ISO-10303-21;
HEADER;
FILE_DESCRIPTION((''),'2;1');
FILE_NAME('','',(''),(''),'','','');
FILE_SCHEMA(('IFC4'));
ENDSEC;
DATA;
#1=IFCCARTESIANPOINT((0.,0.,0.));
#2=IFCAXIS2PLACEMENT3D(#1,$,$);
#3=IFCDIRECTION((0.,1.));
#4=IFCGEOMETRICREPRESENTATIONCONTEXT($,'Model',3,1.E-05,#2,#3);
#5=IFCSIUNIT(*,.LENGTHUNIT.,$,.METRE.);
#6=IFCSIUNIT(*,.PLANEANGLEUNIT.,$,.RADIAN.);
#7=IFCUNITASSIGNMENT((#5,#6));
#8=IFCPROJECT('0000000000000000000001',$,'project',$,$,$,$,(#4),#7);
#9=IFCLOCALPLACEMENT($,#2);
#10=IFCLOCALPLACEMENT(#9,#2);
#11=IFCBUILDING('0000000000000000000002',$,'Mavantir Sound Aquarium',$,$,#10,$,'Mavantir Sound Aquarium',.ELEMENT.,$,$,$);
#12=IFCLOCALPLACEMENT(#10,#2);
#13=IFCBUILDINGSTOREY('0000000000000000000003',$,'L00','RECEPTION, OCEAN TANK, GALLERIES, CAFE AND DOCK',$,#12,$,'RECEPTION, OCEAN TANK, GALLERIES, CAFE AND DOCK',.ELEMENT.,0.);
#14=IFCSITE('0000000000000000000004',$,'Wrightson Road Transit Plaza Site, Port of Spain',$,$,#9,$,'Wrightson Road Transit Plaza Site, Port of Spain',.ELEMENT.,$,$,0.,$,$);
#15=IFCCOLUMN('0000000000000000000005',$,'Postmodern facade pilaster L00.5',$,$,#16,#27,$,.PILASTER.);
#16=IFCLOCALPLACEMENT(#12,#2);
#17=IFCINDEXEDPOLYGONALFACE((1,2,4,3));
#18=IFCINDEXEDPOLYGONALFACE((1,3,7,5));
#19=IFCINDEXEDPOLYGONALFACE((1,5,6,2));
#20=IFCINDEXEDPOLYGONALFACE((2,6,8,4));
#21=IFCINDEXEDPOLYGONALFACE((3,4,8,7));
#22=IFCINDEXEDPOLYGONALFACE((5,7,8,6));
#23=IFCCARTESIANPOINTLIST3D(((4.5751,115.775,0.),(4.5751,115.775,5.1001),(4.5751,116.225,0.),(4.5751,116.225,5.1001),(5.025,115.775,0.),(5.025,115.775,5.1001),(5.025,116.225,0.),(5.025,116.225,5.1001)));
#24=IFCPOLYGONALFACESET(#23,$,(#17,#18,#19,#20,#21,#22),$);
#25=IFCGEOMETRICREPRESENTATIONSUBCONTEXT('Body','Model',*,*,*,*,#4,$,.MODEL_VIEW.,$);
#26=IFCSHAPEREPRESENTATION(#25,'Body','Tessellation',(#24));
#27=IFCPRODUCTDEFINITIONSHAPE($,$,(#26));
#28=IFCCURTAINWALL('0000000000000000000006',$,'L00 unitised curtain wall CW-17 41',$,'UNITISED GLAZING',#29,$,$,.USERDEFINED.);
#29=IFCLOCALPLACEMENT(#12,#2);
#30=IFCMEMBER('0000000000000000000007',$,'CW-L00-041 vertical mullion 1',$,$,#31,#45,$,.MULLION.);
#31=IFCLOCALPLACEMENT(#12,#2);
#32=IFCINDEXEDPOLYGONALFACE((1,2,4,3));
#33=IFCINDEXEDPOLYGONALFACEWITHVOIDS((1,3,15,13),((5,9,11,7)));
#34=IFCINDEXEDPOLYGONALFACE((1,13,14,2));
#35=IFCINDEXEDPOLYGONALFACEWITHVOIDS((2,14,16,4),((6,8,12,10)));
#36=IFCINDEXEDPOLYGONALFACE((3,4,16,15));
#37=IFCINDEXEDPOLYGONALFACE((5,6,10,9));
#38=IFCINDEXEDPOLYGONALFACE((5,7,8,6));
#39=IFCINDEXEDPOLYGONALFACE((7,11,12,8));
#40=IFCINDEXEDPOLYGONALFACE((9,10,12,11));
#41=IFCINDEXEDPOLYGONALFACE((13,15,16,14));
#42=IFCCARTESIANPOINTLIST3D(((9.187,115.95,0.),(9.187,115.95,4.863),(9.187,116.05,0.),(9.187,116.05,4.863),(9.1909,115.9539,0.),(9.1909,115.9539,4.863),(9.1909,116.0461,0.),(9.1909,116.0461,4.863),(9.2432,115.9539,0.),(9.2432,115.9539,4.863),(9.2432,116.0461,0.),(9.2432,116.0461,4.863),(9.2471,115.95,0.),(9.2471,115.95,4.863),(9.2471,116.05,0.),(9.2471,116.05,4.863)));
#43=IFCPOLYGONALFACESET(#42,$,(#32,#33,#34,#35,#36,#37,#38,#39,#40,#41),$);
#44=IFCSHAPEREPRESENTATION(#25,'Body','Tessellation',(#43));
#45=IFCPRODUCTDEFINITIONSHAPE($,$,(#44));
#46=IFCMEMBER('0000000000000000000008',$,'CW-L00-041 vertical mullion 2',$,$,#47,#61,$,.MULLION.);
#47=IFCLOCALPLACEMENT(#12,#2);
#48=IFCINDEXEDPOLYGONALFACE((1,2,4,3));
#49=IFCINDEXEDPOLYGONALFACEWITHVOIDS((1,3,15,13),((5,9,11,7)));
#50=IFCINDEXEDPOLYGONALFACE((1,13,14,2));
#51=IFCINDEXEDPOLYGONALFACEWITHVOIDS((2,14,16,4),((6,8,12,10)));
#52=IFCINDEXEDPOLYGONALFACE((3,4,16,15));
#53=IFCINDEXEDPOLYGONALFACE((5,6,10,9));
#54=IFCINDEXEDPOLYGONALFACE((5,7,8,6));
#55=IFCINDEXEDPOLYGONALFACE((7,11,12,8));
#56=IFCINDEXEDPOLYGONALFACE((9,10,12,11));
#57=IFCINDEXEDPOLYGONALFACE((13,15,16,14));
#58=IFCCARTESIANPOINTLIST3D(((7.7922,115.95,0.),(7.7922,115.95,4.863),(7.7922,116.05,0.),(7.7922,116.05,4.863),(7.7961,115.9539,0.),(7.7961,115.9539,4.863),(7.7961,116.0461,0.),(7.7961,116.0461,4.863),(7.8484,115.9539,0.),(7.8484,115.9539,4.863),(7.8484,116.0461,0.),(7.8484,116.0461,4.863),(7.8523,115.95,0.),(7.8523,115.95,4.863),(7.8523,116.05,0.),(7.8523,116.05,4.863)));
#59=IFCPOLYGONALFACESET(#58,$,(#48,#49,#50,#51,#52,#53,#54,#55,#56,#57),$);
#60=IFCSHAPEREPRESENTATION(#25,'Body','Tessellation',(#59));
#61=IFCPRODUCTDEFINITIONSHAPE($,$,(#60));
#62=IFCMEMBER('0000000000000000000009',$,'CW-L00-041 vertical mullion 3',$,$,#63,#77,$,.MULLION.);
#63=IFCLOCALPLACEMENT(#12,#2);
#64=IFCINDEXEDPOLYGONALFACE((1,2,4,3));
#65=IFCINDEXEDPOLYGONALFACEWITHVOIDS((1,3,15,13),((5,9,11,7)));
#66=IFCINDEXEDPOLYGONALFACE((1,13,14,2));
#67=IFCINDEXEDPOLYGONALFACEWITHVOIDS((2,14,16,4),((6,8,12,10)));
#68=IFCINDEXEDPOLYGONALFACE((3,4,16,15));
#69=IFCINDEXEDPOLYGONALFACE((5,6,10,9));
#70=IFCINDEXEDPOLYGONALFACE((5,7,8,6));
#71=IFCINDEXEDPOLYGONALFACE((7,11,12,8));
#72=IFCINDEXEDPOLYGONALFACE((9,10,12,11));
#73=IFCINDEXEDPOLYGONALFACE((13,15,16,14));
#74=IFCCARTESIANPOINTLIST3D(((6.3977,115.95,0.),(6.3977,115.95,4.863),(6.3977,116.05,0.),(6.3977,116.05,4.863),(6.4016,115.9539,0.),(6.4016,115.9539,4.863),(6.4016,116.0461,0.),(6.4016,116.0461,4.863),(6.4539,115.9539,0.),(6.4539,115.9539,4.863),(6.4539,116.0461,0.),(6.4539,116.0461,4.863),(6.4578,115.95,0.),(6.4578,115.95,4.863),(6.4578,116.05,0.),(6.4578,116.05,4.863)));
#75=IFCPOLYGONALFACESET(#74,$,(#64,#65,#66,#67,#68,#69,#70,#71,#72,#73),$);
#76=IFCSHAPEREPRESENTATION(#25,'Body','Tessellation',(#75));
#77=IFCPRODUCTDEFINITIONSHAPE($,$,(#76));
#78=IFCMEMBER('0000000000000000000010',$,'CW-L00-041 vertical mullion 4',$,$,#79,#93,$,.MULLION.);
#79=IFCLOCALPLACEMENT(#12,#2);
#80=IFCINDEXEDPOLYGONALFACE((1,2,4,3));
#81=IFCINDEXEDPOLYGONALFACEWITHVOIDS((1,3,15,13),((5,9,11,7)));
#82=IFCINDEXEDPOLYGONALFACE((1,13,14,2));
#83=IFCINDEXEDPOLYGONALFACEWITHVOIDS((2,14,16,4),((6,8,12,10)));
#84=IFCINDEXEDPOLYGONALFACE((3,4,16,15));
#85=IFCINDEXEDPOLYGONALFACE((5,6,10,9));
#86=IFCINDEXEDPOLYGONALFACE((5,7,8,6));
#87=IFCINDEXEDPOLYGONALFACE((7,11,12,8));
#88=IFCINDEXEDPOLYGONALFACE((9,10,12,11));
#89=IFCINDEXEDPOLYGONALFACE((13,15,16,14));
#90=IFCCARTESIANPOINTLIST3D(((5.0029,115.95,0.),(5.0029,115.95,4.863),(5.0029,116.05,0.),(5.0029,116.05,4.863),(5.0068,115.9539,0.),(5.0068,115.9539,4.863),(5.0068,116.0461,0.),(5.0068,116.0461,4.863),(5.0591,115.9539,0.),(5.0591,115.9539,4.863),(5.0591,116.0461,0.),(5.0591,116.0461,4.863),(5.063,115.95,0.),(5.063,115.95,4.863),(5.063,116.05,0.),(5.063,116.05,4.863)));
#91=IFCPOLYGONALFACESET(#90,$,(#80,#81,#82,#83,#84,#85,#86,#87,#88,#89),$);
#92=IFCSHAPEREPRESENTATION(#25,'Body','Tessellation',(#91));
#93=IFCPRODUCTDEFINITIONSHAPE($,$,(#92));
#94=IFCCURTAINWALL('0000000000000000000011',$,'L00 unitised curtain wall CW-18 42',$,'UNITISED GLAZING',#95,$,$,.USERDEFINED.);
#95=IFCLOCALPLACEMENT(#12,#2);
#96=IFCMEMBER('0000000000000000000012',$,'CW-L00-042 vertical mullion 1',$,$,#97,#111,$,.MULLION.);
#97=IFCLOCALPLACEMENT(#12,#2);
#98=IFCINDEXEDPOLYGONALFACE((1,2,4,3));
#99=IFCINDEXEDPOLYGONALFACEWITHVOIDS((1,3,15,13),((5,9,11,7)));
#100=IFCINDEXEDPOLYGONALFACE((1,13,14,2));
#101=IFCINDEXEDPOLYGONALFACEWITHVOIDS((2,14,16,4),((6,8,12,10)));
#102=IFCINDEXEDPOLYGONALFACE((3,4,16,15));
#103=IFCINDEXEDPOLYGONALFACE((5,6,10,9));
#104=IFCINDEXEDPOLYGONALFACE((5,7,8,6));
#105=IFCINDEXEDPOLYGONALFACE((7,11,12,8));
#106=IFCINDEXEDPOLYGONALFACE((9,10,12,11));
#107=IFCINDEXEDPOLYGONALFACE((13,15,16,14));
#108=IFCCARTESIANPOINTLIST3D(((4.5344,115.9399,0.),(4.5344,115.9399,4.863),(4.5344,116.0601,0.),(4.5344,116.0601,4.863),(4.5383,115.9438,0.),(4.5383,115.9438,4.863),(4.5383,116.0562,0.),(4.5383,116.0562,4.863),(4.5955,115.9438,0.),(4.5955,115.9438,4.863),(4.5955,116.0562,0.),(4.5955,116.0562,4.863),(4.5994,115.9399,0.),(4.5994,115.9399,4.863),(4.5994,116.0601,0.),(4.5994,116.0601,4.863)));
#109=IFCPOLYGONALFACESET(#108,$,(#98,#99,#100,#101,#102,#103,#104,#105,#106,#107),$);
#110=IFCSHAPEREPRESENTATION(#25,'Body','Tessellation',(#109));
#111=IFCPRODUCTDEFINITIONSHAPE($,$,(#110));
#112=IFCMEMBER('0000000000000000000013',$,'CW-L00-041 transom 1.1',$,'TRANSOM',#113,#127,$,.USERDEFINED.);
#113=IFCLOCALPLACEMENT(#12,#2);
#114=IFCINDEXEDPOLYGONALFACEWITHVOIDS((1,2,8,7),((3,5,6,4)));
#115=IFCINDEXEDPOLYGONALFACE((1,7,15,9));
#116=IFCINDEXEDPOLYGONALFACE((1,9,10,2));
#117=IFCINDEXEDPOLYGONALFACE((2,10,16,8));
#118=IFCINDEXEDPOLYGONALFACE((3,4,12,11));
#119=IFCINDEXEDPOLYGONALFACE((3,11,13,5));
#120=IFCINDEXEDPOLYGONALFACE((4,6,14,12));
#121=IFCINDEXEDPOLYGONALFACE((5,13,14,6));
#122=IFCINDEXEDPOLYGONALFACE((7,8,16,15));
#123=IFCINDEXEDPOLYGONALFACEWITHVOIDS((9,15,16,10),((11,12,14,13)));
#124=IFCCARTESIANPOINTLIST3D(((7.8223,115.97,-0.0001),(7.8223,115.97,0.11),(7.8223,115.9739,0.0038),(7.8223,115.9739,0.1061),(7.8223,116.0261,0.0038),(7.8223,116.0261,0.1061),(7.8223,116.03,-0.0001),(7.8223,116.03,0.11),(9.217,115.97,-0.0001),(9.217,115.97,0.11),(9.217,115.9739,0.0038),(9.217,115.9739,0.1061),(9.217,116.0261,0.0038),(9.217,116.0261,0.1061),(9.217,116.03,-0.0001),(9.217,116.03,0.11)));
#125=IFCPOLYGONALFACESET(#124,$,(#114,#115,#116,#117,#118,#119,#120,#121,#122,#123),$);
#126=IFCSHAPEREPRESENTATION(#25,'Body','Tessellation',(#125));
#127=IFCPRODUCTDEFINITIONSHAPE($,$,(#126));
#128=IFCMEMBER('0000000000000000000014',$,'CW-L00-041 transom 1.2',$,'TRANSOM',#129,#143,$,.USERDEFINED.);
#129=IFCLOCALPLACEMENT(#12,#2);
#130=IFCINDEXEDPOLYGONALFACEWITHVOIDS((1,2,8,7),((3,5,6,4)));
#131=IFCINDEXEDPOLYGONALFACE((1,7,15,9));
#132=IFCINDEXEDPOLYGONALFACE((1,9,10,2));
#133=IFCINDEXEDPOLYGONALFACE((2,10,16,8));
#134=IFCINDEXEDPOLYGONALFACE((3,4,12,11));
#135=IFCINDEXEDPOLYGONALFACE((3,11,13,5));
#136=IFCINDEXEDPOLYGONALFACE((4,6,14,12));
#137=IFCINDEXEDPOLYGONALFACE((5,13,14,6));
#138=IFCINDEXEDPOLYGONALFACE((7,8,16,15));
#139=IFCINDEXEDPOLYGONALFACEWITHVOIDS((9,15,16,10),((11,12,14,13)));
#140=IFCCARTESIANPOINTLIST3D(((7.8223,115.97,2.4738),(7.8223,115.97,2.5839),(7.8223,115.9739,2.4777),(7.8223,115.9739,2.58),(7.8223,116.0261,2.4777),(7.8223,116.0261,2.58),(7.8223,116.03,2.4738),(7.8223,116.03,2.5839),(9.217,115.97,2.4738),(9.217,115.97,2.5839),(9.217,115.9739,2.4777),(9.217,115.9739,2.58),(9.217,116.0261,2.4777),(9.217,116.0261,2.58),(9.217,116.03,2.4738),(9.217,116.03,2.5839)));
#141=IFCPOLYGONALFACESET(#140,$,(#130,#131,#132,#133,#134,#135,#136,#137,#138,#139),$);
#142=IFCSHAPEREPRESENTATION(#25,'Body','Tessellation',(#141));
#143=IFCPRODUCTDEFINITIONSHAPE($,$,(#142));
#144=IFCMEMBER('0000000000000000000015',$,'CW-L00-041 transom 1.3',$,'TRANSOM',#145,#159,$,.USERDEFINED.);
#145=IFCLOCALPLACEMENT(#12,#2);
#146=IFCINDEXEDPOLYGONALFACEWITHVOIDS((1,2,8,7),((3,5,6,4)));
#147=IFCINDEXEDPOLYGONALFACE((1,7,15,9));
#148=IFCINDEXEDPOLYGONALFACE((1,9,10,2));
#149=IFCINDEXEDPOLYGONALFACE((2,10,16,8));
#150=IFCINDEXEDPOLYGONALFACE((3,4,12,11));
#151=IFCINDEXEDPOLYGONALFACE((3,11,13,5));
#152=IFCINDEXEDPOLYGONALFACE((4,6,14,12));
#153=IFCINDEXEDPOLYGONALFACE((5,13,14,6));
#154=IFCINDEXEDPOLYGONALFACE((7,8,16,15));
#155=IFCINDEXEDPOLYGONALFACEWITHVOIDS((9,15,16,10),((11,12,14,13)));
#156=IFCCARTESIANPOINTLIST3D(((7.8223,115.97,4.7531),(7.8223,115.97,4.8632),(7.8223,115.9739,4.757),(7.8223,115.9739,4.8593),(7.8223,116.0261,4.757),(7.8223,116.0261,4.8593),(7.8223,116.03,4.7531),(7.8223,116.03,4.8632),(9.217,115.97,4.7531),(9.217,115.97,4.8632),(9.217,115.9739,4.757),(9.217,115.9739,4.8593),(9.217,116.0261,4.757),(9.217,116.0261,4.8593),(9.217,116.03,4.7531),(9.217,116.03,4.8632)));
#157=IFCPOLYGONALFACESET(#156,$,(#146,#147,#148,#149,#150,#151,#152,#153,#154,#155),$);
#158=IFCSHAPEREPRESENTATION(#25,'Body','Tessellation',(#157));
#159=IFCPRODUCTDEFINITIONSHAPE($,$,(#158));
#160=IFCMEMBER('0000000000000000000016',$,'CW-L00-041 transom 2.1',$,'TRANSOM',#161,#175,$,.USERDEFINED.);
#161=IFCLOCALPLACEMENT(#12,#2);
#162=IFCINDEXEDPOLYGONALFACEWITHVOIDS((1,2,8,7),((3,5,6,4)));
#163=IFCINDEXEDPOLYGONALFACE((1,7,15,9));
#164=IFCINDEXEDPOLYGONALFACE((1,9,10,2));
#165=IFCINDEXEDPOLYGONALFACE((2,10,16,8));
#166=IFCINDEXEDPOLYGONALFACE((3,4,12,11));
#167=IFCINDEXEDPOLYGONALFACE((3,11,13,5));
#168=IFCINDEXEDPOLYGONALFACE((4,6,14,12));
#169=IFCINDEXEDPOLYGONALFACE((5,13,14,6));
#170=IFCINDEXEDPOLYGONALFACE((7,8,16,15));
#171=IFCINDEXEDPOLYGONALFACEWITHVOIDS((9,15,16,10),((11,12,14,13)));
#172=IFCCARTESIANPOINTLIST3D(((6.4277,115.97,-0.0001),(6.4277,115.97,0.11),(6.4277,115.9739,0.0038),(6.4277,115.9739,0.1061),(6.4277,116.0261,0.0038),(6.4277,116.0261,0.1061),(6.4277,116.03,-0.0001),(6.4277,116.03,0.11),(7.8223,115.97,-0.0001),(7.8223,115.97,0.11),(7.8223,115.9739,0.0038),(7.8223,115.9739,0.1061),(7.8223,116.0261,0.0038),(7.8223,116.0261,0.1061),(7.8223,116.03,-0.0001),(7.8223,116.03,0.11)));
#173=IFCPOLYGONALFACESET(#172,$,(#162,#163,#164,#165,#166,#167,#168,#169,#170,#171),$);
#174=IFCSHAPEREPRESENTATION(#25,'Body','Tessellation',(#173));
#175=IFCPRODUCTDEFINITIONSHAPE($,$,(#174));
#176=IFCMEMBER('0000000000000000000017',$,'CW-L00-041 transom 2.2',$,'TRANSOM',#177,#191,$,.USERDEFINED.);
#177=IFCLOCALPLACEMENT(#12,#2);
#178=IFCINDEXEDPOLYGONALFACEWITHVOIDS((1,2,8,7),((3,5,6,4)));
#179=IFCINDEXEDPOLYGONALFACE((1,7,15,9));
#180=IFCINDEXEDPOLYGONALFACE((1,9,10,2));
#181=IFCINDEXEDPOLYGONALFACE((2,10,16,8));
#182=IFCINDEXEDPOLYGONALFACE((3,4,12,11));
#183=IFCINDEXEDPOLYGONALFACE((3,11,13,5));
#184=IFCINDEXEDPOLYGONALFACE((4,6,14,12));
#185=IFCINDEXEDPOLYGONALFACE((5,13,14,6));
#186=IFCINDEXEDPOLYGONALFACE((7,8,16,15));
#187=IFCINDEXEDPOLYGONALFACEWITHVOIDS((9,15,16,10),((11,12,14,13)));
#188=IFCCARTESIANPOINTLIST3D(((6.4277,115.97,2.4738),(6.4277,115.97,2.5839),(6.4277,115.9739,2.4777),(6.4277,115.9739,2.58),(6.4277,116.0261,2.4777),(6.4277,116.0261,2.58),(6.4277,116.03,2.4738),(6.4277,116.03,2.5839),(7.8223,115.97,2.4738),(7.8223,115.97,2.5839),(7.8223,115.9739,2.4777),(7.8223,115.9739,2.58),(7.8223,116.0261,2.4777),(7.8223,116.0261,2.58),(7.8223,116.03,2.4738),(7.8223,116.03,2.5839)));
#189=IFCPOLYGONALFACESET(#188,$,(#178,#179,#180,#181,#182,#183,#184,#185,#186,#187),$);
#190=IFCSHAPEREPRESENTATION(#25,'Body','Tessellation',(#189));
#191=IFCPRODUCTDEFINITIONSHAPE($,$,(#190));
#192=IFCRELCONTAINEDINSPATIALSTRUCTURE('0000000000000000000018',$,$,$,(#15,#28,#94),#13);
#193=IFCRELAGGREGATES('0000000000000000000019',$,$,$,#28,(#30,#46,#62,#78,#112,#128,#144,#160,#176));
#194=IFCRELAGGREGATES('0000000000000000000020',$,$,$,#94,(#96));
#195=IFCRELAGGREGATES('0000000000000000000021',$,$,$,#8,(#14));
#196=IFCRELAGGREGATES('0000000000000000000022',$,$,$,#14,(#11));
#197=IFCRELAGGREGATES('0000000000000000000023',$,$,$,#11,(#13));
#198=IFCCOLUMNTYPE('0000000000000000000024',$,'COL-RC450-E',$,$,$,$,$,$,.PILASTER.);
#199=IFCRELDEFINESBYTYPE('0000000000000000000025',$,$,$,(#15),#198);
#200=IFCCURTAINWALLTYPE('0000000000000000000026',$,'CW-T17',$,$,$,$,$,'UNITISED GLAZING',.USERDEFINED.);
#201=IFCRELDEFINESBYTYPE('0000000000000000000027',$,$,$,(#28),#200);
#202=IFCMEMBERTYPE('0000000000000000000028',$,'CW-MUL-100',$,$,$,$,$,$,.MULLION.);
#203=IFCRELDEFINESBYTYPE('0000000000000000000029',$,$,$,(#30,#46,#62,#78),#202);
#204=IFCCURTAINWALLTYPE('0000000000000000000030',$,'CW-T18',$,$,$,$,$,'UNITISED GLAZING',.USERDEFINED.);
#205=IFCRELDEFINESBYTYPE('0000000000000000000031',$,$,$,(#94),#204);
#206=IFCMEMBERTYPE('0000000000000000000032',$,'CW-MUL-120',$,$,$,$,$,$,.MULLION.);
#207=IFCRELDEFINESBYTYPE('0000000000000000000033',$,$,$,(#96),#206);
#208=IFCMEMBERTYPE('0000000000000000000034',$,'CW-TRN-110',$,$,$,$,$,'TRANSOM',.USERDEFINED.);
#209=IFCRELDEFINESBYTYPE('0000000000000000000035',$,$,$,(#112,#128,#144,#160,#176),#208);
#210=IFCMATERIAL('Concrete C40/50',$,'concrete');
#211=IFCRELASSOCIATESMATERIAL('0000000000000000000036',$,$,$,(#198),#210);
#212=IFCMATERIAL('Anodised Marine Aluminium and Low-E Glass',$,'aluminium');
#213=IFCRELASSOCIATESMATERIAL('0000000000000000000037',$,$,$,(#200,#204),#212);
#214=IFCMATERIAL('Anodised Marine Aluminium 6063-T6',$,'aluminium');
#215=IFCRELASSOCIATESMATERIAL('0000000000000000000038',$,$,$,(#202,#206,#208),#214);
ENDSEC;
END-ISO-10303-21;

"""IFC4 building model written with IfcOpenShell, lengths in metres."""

from ifc_helpers import new_model, si_unit, direction, frame, origin, origin_2d, place, context, subcontext, project, spatial, rectangle, hollow_rectangle, extrude, material, material_profile, profile_set, type_object, element, aggregate, save


model = new_model("IFC4")

# Units and contexts
model_context = context("Model", 3, precision=1e-05, world=origin(), true_north=direction((0.0, 1.0)))
body_context = subcontext(model_context, "Body", "Model", "MODEL_VIEW")
ifc_project = project(units=[si_unit("LENGTHUNIT", "METRE"), si_unit("PLANEANGLEUNIT", "RADIAN")], contexts=[model_context])

# Site, building, storey
site_placement = place(None, origin())
site = spatial("IfcSite", under=ifc_project, at=site_placement, Name="Wrightson Road Transit Plaza Site, Port of Spain", LongName="Wrightson Road Transit Plaza Site, Port of Spain", CompositionType="ELEMENT", RefElevation=0.0)
building_placement = place(site_placement, origin())
building = spatial("IfcBuilding", under=site, at=building_placement, Name="Mavantir Sound Aquarium", LongName="Mavantir Sound Aquarium", CompositionType="ELEMENT")
storey_placement = place(building_placement, origin())
storey = spatial("IfcBuildingStorey", under=building, at=storey_placement, Name="L00", Description="RECEPTION, OCEAN TANK, GALLERIES, CAFE AND DOCK", LongName="RECEPTION, OCEAN TANK, GALLERIES, CAFE AND DOCK", CompositionType="ELEMENT", Elevation=0.0)

# Column
ifc_material_1 = material(Name="Concrete C40/50", Category="concrete")
ifc_material_profile_1 = material_profile(ifc_material_1, rectangle(XDim=0.45, YDim=0.45, at=origin_2d()), Name="RC 450X450")
ifc_profile_set_1 = profile_set([ifc_material_profile_1], Name="Concrete C40/50")
column_type = type_object("IfcColumnType", Name="COL-RC450-E", PredefinedType="PILASTER", material=ifc_profile_set_1)
column_placement = place(storey_placement, frame((4.8, 116.0, 0.0), z_axis=(0.0, 0.0, 1.0), x_axis=(1.0, 0.0, 0.0)))
element("IfcColumn", 1, at=column_placement, inside=storey, type_object=column_type, Name="Postmodern facade pilaster L00.5", PredefinedType="PILASTER", context=body_context, shape_type="SweptSolid", body=[
    extrude(rectangle(XDim=0.45, YDim=0.45, at=origin_2d()), origin(), (0.0, 0.0, 1.0), 5.1001),
])

# Curtain wall, members
ifc_material_2 = material(Name="Anodised Marine Aluminium and Low-E Glass", Category="aluminium")
curtain_wall_type_1 = type_object("IfcCurtainWallType", Name="CW-T17", ElementType="UNITISED GLAZING", PredefinedType="USERDEFINED", material=ifc_material_2)
curtain_wall_1_placement = place(storey_placement, origin())
curtain_wall_1 = element("IfcCurtainWall", 2, at=curtain_wall_1_placement, inside=storey, type_object=curtain_wall_type_1, Name="L00 unitised curtain wall CW-17 41", ObjectType="UNITISED GLAZING", PredefinedType="USERDEFINED")
ifc_material_3 = material(Name="Anodised Marine Aluminium 6063-T6", Category="aluminium")
ifc_material_profile_2 = material_profile(ifc_material_3, hollow_rectangle(XDim=0.0601, YDim=0.1001, WallThickness=0.0039, at=origin_2d()), Name="ALU-MULLION-100X60")
ifc_profile_set_2 = profile_set([ifc_material_profile_2], Name="Anodised Marine Aluminium 6063-T6")
member_type_1 = type_object("IfcMemberType", Name="CW-MUL-100", PredefinedType="MULLION", material=ifc_profile_set_2)
member_1_placement = place(storey_placement, frame((9.217, 116.0, 0.0), z_axis=(0.0, 0.0, 1.0), x_axis=(1.0, 0.0, 0.0)))
member_1 = element("IfcMember", 3, at=member_1_placement, type_object=member_type_1, Name="CW-L00-041 vertical mullion 1", PredefinedType="MULLION", context=body_context, shape_type="SweptSolid", body=[
    extrude(hollow_rectangle(XDim=0.0601, YDim=0.1001, WallThickness=0.0039, at=origin_2d()), origin(), (0.0, 0.0, 1.0), 4.863),
])
member_2_placement = place(storey_placement, frame((7.8223, 116.0, 0.0), z_axis=(0.0, 0.0, 1.0), x_axis=(1.0, 0.0, 0.0)))
member_2 = element("IfcMember", 4, at=member_2_placement, type_object=member_type_1, Name="CW-L00-041 vertical mullion 2", PredefinedType="MULLION", context=body_context, shape_type="SweptSolid", body=[
    extrude(hollow_rectangle(XDim=0.0601, YDim=0.1001, WallThickness=0.0039, at=origin_2d()), origin(), (0.0, 0.0, 1.0), 4.863),
])
member_3_placement = place(storey_placement, frame((6.4277, 116.0, 0.0), z_axis=(0.0, 0.0, 1.0), x_axis=(1.0, 0.0, 0.0)))
member_3 = element("IfcMember", 5, at=member_3_placement, type_object=member_type_1, Name="CW-L00-041 vertical mullion 3", PredefinedType="MULLION", context=body_context, shape_type="SweptSolid", body=[
    extrude(hollow_rectangle(XDim=0.0601, YDim=0.1001, WallThickness=0.0039, at=origin_2d()), origin(), (0.0, 0.0, 1.0), 4.863),
])
member_4_placement = place(storey_placement, frame((5.033, 116.0, 0.0), z_axis=(0.0, 0.0, 1.0), x_axis=(1.0, 0.0, 0.0)))
member_4 = element("IfcMember", 6, at=member_4_placement, type_object=member_type_1, Name="CW-L00-041 vertical mullion 4", PredefinedType="MULLION", context=body_context, shape_type="SweptSolid", body=[
    extrude(hollow_rectangle(XDim=0.0601, YDim=0.1001, WallThickness=0.0039, at=origin_2d()), origin(), (0.0, 0.0, 1.0), 4.863),
])

# Curtain wall, member
curtain_wall_type_2 = type_object("IfcCurtainWallType", Name="CW-T18", ElementType="UNITISED GLAZING", PredefinedType="USERDEFINED", material=ifc_material_2)
curtain_wall_2_placement = place(storey_placement, origin())
curtain_wall_2 = element("IfcCurtainWall", 7, at=curtain_wall_2_placement, inside=storey, type_object=curtain_wall_type_2, Name="L00 unitised curtain wall CW-18 42", ObjectType="UNITISED GLAZING", PredefinedType="USERDEFINED")
ifc_material_profile_3 = material_profile(ifc_material_3, hollow_rectangle(XDim=0.0649, YDim=0.1201, WallThickness=0.0039, at=origin_2d()), Name="ALU-MULLION-120X65")
ifc_profile_set_3 = profile_set([ifc_material_profile_3], Name="Anodised Marine Aluminium 6063-T6")
member_type_2 = type_object("IfcMemberType", Name="CW-MUL-120", PredefinedType="MULLION", material=ifc_profile_set_3)
member_5_placement = place(storey_placement, frame((4.5669, 116.0, 0.0), z_axis=(0.0, 0.0, 1.0), x_axis=(1.0, 0.0, 0.0)))
member_5 = element("IfcMember", 8, at=member_5_placement, type_object=member_type_2, Name="CW-L00-042 vertical mullion 1", PredefinedType="MULLION", context=body_context, shape_type="SweptSolid", body=[
    extrude(hollow_rectangle(XDim=0.0649, YDim=0.1201, WallThickness=0.0039, at=origin_2d()), origin(), (0.0, 0.0, 1.0), 4.863),
])

# Members
ifc_material_profile_4 = material_profile(ifc_material_3, hollow_rectangle(XDim=0.0601, YDim=0.1101, WallThickness=0.0039, at=origin_2d()), Name="ALU-TRANSOM-110X60")
ifc_profile_set_4 = profile_set([ifc_material_profile_4], Name="Anodised Marine Aluminium 6063-T6")
member_type_3 = type_object("IfcMemberType", Name="CW-TRN-110", ElementType="TRANSOM", PredefinedType="USERDEFINED", material=ifc_profile_set_4)
member_6_placement = place(storey_placement, frame((9.217, 116.0, 0.0549), z_axis=(-1.0, 0.0, 0.0), x_axis=(0.0, -1.0, 0.0)))
member_6 = element("IfcMember", 9, at=member_6_placement, type_object=member_type_3, Name="CW-L00-041 transom 1.1", ObjectType="TRANSOM", PredefinedType="USERDEFINED", context=body_context, shape_type="SweptSolid", body=[
    extrude(hollow_rectangle(XDim=0.0601, YDim=0.1101, WallThickness=0.0039, at=origin_2d()), origin(), (0.0, 0.0, 1.0), 1.3948),
])
member_7_placement = place(storey_placement, frame((9.217, 116.0, 2.5288), z_axis=(-1.0, 0.0, 0.0), x_axis=(0.0, -1.0, 0.0)))
member_7 = element("IfcMember", 10, at=member_7_placement, type_object=member_type_3, Name="CW-L00-041 transom 1.2", ObjectType="TRANSOM", PredefinedType="USERDEFINED", context=body_context, shape_type="SweptSolid", body=[
    extrude(hollow_rectangle(XDim=0.0601, YDim=0.1101, WallThickness=0.0039, at=origin_2d()), origin(), (0.0, 0.0, 1.0), 1.3948),
])
member_8_placement = place(storey_placement, frame((9.217, 116.0, 4.8081), z_axis=(-1.0, 0.0, 0.0), x_axis=(0.0, -1.0, 0.0)))
member_8 = element("IfcMember", 11, at=member_8_placement, type_object=member_type_3, Name="CW-L00-041 transom 1.3", ObjectType="TRANSOM", PredefinedType="USERDEFINED", context=body_context, shape_type="SweptSolid", body=[
    extrude(hollow_rectangle(XDim=0.0601, YDim=0.1101, WallThickness=0.0039, at=origin_2d()), origin(), (0.0, 0.0, 1.0), 1.3948),
])
member_9_placement = place(storey_placement, frame((7.8223, 116.0, 0.0549), z_axis=(-1.0, 0.0, 0.0), x_axis=(0.0, -1.0, 0.0)))
member_9 = element("IfcMember", 12, at=member_9_placement, type_object=member_type_3, Name="CW-L00-041 transom 2.1", ObjectType="TRANSOM", PredefinedType="USERDEFINED", context=body_context, shape_type="SweptSolid", body=[
    extrude(hollow_rectangle(XDim=0.0601, YDim=0.1101, WallThickness=0.0039, at=origin_2d()), origin(), (0.0, 0.0, 1.0), 1.3945),
])
member_10_placement = place(storey_placement, frame((7.8223, 116.0, 2.5288), z_axis=(-1.0, 0.0, 0.0), x_axis=(0.0, -1.0, 0.0)))
member_10 = element("IfcMember", 13, at=member_10_placement, type_object=member_type_3, Name="CW-L00-041 transom 2.2", ObjectType="TRANSOM", PredefinedType="USERDEFINED", context=body_context, shape_type="SweptSolid", body=[
    extrude(hollow_rectangle(XDim=0.0601, YDim=0.1101, WallThickness=0.0039, at=origin_2d()), origin(), (0.0, 0.0, 1.0), 1.3945),
])

aggregate(curtain_wall_1, [member_1, member_2, member_3, member_4, member_6, member_7, member_8, member_9, member_10])
aggregate(curtain_wall_2, [member_5])

save(model, "model.ifc")
